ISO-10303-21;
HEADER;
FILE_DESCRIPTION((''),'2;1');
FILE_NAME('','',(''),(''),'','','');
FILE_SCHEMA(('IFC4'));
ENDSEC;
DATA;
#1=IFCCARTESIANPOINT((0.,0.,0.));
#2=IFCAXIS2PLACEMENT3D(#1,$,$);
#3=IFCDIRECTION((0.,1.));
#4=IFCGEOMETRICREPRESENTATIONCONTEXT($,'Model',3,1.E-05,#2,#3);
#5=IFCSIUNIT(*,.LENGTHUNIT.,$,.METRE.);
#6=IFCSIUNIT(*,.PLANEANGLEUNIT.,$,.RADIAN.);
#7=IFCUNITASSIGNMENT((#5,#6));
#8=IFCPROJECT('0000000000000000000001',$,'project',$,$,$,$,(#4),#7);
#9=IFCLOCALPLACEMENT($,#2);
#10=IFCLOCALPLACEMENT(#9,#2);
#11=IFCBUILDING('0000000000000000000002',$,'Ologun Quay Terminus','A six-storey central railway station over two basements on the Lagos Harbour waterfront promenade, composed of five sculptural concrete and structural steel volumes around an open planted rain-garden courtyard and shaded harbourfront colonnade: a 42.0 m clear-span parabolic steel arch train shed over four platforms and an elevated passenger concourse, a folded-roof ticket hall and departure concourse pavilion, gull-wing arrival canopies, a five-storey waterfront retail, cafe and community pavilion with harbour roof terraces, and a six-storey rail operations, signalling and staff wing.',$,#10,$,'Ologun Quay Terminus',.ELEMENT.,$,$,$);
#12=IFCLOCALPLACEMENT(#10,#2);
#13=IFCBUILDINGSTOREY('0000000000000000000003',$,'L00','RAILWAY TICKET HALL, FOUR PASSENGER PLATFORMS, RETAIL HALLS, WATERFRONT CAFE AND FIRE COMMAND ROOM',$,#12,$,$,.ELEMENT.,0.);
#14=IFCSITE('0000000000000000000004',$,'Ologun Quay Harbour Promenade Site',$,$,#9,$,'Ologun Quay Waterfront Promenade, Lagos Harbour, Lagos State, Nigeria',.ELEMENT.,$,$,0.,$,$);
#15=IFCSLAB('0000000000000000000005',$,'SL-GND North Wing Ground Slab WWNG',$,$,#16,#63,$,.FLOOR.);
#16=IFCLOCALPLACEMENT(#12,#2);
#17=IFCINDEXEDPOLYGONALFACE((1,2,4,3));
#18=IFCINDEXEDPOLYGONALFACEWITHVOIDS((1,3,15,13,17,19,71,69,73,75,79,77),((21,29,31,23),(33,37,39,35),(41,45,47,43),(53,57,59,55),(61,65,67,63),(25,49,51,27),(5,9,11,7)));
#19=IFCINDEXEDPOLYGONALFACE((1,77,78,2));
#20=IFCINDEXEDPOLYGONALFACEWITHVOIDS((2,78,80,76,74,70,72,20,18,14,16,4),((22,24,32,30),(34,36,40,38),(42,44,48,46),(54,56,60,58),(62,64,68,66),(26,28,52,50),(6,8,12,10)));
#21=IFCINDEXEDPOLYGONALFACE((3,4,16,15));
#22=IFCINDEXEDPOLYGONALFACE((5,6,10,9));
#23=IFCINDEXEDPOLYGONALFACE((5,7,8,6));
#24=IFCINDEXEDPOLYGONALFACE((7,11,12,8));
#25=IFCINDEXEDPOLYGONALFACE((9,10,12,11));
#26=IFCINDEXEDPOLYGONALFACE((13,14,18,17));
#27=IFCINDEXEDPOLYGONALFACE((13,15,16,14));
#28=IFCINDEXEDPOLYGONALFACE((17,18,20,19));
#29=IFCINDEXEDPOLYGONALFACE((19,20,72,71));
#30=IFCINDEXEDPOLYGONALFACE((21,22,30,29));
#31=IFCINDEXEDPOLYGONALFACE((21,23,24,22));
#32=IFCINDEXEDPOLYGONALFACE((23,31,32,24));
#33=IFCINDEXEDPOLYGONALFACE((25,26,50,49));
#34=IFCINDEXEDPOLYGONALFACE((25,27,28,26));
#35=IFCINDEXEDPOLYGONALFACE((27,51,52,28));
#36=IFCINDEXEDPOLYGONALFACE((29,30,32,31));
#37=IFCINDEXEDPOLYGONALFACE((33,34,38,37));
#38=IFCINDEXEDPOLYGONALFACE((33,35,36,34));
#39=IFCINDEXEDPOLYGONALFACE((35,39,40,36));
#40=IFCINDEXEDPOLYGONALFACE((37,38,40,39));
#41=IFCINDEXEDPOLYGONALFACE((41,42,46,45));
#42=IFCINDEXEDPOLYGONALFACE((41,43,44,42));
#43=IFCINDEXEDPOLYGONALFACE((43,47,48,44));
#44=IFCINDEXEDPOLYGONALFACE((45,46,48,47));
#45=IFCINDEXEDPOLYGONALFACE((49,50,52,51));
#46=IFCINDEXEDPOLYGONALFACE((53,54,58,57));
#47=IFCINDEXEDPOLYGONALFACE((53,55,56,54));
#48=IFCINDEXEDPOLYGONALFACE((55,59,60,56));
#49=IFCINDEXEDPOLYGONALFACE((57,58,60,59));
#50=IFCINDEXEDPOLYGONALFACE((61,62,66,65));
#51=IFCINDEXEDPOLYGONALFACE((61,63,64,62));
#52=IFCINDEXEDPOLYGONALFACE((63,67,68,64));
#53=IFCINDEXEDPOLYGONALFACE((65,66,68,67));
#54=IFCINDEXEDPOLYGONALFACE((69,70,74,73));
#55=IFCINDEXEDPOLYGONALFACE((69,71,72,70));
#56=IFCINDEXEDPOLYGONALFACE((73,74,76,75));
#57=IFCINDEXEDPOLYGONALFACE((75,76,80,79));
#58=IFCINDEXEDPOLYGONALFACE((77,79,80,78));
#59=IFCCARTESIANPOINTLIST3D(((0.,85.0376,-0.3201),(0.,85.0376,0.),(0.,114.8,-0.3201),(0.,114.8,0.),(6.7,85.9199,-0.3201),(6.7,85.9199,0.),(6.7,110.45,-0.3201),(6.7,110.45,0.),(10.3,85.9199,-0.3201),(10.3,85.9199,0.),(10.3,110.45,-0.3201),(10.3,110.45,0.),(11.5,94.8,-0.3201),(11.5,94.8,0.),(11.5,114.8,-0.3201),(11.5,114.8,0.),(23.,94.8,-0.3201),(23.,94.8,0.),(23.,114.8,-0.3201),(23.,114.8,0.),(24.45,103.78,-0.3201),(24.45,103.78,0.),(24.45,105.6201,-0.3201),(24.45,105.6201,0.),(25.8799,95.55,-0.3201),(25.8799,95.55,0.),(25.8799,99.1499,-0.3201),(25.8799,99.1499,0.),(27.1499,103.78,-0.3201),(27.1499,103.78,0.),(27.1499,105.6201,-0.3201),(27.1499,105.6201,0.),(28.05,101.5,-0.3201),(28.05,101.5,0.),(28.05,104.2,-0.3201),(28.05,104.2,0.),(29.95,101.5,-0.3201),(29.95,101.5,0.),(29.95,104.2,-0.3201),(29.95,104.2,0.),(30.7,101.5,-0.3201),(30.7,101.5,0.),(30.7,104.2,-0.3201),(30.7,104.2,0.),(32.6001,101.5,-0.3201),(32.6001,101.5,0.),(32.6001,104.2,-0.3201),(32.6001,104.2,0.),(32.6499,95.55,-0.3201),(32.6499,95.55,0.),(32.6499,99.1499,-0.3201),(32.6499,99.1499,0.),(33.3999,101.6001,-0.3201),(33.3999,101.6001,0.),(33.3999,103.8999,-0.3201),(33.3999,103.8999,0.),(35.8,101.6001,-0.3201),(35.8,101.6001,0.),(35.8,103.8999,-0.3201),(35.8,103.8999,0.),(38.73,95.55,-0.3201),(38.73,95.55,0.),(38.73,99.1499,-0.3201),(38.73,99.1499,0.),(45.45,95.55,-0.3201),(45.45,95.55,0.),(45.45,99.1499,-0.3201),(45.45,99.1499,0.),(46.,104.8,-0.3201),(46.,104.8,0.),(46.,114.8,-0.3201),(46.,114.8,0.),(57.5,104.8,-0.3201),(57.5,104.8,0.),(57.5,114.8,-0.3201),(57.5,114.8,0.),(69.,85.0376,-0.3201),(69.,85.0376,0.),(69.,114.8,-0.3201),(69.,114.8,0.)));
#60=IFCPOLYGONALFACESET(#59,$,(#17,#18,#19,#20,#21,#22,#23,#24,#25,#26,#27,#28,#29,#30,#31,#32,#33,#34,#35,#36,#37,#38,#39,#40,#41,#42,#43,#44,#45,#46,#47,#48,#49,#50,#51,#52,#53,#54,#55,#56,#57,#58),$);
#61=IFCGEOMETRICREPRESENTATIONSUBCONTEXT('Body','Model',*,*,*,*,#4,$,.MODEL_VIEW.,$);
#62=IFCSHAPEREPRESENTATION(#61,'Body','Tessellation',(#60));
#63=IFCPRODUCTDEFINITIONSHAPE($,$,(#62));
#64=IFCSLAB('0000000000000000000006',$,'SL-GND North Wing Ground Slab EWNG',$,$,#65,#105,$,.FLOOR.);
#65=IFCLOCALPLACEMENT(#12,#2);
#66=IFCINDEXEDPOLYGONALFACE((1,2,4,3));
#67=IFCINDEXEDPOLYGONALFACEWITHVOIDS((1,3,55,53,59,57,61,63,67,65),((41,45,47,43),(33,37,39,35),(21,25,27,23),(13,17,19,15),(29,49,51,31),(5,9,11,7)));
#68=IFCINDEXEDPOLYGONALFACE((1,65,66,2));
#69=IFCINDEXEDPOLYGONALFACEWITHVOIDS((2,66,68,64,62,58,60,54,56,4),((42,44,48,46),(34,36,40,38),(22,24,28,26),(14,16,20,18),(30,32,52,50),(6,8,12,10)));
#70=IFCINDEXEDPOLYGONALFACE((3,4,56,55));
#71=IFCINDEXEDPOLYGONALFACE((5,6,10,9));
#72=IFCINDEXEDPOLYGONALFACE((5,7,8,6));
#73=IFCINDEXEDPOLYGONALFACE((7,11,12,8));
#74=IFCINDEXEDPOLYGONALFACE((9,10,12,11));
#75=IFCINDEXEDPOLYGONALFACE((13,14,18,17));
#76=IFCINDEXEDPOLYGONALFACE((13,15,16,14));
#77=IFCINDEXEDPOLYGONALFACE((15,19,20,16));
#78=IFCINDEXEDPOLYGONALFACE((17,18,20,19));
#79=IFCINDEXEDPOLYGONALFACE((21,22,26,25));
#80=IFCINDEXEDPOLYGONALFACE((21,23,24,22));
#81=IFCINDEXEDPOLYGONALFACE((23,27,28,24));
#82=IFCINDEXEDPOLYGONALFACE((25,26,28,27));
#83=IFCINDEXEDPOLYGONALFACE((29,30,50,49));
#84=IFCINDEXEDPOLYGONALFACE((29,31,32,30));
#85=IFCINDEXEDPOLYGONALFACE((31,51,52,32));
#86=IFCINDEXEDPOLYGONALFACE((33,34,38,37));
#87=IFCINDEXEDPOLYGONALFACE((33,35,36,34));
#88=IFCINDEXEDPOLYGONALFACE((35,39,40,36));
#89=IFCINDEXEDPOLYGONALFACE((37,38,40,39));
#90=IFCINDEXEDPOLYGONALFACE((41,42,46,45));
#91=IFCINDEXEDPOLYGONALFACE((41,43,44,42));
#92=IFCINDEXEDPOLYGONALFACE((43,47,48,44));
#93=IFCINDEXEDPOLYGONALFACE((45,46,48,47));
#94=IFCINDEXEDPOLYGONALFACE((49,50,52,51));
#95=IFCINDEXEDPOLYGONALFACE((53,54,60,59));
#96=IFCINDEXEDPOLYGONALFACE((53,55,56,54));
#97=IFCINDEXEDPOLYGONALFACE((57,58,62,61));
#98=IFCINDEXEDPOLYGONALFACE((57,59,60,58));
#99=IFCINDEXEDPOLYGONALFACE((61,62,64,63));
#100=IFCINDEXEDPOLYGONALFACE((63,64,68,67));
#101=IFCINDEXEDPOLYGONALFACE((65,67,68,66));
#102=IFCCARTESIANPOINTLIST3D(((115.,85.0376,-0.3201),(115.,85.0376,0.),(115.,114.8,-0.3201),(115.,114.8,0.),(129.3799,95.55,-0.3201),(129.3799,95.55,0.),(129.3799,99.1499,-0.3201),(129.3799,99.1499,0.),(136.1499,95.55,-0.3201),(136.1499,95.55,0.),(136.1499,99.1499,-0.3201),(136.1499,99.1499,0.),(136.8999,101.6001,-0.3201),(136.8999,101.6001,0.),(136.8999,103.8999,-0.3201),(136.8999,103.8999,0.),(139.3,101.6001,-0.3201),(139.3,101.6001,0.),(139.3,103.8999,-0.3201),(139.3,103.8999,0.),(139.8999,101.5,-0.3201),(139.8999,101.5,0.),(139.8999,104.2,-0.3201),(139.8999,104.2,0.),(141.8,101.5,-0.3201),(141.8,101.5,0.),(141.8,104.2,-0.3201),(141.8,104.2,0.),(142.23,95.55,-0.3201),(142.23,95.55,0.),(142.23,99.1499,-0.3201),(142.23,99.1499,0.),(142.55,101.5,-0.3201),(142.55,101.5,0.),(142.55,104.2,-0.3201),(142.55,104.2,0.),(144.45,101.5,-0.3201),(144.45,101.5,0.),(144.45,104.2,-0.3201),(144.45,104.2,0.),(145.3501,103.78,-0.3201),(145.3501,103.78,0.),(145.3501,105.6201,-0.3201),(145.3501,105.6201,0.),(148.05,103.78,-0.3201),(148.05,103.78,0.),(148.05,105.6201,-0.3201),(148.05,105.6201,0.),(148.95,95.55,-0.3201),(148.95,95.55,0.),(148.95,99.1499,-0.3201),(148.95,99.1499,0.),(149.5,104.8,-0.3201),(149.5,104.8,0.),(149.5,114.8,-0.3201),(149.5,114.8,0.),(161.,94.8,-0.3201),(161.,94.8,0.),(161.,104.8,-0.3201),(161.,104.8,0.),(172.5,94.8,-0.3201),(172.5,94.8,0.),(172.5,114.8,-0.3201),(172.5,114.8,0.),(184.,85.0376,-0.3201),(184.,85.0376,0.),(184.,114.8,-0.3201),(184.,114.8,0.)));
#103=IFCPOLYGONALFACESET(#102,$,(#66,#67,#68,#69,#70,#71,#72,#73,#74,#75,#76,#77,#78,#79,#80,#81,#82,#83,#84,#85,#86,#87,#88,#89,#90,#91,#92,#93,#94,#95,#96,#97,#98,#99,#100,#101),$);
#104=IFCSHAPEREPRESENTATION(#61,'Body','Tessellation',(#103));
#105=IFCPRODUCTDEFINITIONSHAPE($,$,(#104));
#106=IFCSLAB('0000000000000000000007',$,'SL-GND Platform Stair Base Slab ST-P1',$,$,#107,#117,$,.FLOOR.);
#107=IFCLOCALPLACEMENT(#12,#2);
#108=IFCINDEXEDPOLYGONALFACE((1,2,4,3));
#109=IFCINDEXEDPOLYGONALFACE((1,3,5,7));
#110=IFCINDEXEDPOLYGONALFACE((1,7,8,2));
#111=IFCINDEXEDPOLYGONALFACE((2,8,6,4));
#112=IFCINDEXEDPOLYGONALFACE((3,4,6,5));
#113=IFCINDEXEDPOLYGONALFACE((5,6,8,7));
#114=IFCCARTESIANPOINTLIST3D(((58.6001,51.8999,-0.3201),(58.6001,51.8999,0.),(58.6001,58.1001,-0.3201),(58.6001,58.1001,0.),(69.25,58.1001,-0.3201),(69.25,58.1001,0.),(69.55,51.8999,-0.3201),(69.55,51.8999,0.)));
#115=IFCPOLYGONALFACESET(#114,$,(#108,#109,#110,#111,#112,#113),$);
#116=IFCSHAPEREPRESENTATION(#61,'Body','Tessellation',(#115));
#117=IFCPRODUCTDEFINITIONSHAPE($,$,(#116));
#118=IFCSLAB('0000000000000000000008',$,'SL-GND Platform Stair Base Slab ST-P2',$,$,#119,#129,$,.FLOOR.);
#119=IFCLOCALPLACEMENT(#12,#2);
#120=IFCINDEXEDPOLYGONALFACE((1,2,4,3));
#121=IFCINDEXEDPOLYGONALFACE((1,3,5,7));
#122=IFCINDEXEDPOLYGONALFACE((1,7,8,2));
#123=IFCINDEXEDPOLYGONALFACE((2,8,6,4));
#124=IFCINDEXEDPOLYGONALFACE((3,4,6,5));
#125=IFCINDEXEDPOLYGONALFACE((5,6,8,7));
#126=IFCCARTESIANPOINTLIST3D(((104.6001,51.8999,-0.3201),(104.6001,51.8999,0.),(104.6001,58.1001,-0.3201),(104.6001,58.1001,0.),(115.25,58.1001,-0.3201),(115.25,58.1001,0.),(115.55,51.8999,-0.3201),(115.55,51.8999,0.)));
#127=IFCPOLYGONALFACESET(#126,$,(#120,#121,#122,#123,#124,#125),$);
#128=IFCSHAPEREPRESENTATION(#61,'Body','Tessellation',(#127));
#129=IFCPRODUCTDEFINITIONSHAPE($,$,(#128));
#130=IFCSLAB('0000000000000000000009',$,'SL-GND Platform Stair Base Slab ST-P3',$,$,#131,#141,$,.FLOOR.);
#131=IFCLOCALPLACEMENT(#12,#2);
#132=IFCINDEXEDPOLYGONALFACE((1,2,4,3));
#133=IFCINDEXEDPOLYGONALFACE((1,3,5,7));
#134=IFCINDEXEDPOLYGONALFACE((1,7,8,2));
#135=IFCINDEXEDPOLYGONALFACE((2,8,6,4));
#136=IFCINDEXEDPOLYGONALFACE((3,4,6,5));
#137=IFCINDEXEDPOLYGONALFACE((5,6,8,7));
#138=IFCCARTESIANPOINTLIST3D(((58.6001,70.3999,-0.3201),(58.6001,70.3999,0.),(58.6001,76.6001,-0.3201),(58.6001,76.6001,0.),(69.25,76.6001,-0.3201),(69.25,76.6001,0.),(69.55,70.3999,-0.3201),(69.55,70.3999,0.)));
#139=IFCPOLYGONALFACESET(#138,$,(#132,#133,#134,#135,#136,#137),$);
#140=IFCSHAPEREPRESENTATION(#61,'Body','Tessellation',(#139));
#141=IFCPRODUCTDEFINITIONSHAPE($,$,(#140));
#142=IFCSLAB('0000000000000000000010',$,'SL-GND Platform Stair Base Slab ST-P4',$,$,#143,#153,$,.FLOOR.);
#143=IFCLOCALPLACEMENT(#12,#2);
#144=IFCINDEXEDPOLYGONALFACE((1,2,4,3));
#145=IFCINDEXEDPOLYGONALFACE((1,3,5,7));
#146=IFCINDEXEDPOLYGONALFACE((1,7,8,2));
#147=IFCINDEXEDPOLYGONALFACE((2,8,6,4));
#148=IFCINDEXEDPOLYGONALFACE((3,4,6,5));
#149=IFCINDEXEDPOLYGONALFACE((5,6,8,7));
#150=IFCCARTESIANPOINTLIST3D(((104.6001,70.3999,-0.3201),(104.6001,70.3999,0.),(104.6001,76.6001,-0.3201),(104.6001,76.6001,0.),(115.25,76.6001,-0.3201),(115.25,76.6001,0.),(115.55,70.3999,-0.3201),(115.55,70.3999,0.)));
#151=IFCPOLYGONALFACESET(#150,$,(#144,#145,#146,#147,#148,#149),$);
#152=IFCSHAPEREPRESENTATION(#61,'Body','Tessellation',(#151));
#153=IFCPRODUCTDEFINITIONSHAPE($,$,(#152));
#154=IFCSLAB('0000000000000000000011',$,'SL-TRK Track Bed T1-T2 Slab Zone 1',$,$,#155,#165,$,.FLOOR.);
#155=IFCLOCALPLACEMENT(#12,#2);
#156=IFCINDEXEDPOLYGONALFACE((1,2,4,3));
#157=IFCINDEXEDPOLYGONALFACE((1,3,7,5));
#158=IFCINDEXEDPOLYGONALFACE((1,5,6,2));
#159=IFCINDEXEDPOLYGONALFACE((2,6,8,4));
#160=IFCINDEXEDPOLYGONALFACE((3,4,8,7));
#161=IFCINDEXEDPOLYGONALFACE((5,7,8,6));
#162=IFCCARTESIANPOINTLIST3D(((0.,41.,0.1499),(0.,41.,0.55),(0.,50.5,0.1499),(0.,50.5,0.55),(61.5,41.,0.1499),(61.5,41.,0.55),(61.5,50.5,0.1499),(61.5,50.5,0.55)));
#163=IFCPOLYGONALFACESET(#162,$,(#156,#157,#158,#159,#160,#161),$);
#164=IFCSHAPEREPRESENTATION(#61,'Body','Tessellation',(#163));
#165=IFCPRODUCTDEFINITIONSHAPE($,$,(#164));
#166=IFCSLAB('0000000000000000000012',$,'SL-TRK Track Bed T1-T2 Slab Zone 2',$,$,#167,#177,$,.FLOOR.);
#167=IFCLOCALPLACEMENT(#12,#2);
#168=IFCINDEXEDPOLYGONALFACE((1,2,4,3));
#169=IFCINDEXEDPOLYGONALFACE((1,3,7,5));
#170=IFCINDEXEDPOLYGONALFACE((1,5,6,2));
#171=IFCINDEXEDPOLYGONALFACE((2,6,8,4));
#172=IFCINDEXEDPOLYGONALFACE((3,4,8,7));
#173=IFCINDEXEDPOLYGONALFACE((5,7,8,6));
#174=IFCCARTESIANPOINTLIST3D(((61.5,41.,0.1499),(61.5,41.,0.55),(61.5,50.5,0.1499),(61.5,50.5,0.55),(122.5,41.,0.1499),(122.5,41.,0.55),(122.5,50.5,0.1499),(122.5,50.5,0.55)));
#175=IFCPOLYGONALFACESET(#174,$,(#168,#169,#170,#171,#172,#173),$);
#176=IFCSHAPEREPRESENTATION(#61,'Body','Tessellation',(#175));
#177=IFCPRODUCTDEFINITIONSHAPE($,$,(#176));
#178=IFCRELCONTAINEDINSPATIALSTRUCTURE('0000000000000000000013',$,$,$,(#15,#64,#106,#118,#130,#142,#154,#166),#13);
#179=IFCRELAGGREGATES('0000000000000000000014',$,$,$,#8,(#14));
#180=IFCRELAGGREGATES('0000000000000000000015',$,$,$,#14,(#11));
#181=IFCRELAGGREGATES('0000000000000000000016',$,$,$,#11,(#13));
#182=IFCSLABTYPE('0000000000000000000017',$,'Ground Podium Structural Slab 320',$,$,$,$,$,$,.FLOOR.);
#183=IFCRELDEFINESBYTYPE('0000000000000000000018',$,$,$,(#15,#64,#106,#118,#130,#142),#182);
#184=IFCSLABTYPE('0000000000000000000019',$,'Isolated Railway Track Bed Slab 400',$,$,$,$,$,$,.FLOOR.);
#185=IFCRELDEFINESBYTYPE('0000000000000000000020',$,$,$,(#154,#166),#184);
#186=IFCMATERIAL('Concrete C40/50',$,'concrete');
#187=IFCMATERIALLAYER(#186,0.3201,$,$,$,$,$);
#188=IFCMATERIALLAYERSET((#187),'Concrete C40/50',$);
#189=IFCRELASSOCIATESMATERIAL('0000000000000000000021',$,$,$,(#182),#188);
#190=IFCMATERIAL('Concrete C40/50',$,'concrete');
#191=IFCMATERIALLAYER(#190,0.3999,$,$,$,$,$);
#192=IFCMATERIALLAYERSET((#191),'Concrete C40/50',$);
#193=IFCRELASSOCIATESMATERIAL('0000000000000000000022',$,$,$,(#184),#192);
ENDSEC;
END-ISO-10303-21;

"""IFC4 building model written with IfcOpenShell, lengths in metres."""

from ifc_helpers import new_model, si_unit, direction, frame, origin, place, context, subcontext, project, spatial, polyline, outline, extrude, material, layer, layer_set, type_object, element, save


model = new_model("IFC4")

# Units and contexts
model_context = context("Model", 3, precision=1e-05, world=origin(), true_north=direction((0.0, 1.0)))
body_context = subcontext(model_context, "Body", "Model", "MODEL_VIEW")
ifc_project = project(units=[si_unit("LENGTHUNIT", "METRE"), si_unit("PLANEANGLEUNIT", "RADIAN")], contexts=[model_context])

# Site, building, storey
site_placement = place(None, origin())
site = spatial("IfcSite", under=ifc_project, at=site_placement, Name="Ologun Quay Harbour Promenade Site", LongName="Ologun Quay Waterfront Promenade, Lagos Harbour, Lagos State, Nigeria", CompositionType="ELEMENT", RefElevation=0.0)
building_placement = place(site_placement, origin())
building = spatial("IfcBuilding", under=site, at=building_placement, Name="Ologun Quay Terminus", Description="A six-storey central railway station over two basements on the Lagos Harbour waterfront promenade, composed of five sculptural concrete and structural steel volumes around an open planted rain-garden courtyard and shaded harbourfront colonnade: a 42.0 m clear-span parabolic steel arch train shed over four platforms and an elevated passenger concourse, a folded-roof ticket hall and departure concourse pavilion, gull-wing arrival canopies, a five-storey waterfront retail, cafe and community pavilion with harbour roof terraces, and a six-storey rail operations, signalling and staff wing.", LongName="Ologun Quay Terminus", CompositionType="ELEMENT")
storey_placement = place(building_placement, origin())
storey = spatial("IfcBuildingStorey", under=building, at=storey_placement, Name="L00", Description="RAILWAY TICKET HALL, FOUR PASSENGER PLATFORMS, RETAIL HALLS, WATERFRONT CAFE AND FIRE COMMAND ROOM", CompositionType="ELEMENT", Elevation=0.0)

# Slabs
ifc_material_1 = material(Name="Concrete C40/50", Category="concrete")
ifc_layer_1 = layer(ifc_material_1, 0.3201)
ifc_layer_set_1 = layer_set([ifc_layer_1], Name="Concrete C40/50")
slab_type_1 = type_object("IfcSlabType", Name="Ground Podium Structural Slab 320", PredefinedType="FLOOR", material=ifc_layer_set_1)
slab_1_placement = place(storey_placement, frame((0.0, 0.0, -0.3201)))
element("IfcSlab", 1, at=slab_1_placement, inside=storey, type_object=slab_type_1, Name="SL-GND North Wing Ground Slab WWNG", PredefinedType="FLOOR", context=body_context, shape_type="SweptSolid", body=[
    extrude(outline(polyline([(0.0, 85.0376), (69.0, 85.0376), (69.0, 114.8), (57.5, 114.8), (57.5, 104.8), (46.0, 104.8), (46.0, 114.8), (23.0, 114.8), (23.0, 94.8), (11.5, 94.8), (11.5, 114.8), (0.0, 114.8), (0.0, 85.0376)]), holes=[polyline([(24.45, 103.78), (24.45, 105.6201), (27.1499, 105.6201), (27.1499, 103.78), (24.45, 103.78)]), polyline([(28.05, 101.5), (28.05, 104.2), (29.95, 104.2), (29.95, 101.5), (28.05, 101.5)]), polyline([(30.7, 101.5), (30.7, 104.2), (32.6001, 104.2), (32.6001, 101.5), (30.7, 101.5)]), polyline([(25.8799, 95.55), (25.8799, 99.1499), (32.6499, 99.1499), (32.6499, 95.55), (25.8799, 95.55)]), polyline([(38.73, 95.55), (38.73, 99.1499), (45.45, 99.1499), (45.45, 95.55), (38.73, 95.55)]), polyline([(6.7, 85.9199), (6.7, 110.45), (10.3, 110.45), (10.3, 85.9199), (6.7, 85.9199)]), polyline([(33.3999, 101.6001), (33.3999, 103.8999), (35.8, 103.8999), (35.8, 101.6001), (33.3999, 101.6001)])]), origin(), (0.0, 0.0, 1.0), 0.3201),
])
slab_2_placement = place(storey_placement, frame((0.0, 0.0, -0.3201)))
element("IfcSlab", 2, at=slab_2_placement, inside=storey, type_object=slab_type_1, Name="SL-GND North Wing Ground Slab EWNG", PredefinedType="FLOOR", context=body_context, shape_type="SweptSolid", body=[
    extrude(outline(polyline([(115.0, 85.0376), (184.0, 85.0376), (184.0, 114.8), (172.5, 114.8), (172.5, 94.8), (161.0, 94.8), (161.0, 104.8), (149.5, 104.8), (149.5, 114.8), (115.0, 114.8), (115.0, 85.0376)]), holes=[polyline([(145.3501, 103.78), (145.3501, 105.6201), (148.05, 105.6201), (148.05, 103.78), (145.3501, 103.78)]), polyline([(139.8999, 101.5), (139.8999, 104.2), (141.8, 104.2), (141.8, 101.5), (139.8999, 101.5)]), polyline([(142.55, 101.5), (142.55, 104.2), (144.45, 104.2), (144.45, 101.5), (142.55, 101.5)]), polyline([(129.3799, 95.55), (129.3799, 99.1499), (136.1499, 99.1499), (136.1499, 95.55), (129.3799, 95.55)]), polyline([(142.23, 95.55), (142.23, 99.1499), (148.95, 99.1499), (148.95, 95.55), (142.23, 95.55)]), polyline([(136.8999, 101.6001), (136.8999, 103.8999), (139.3, 103.8999), (139.3, 101.6001), (136.8999, 101.6001)])]), origin(), (0.0, 0.0, 1.0), 0.3201),
])
slab_3_placement = place(storey_placement, frame((0.0, 0.0, -0.3201)))
element("IfcSlab", 3, at=slab_3_placement, inside=storey, type_object=slab_type_1, Name="SL-GND Platform Stair Base Slab ST-P1", PredefinedType="FLOOR", context=body_context, shape_type="SweptSolid", body=[
    extrude(outline(polyline([(58.6001, 51.8999), (69.55, 51.8999), (69.25, 58.1001), (58.6001, 58.1001), (58.6001, 51.8999)])), origin(), (0.0, 0.0, 1.0), 0.3201),
])
slab_4_placement = place(storey_placement, frame((0.0, 0.0, -0.3201)))
element("IfcSlab", 4, at=slab_4_placement, inside=storey, type_object=slab_type_1, Name="SL-GND Platform Stair Base Slab ST-P2", PredefinedType="FLOOR", context=body_context, shape_type="SweptSolid", body=[
    extrude(outline(polyline([(104.6001, 51.8999), (115.55, 51.8999), (115.25, 58.1001), (104.6001, 58.1001), (104.6001, 51.8999)])), origin(), (0.0, 0.0, 1.0), 0.3201),
])
slab_5_placement = place(storey_placement, frame((0.0, 0.0, -0.3201)))
element("IfcSlab", 5, at=slab_5_placement, inside=storey, type_object=slab_type_1, Name="SL-GND Platform Stair Base Slab ST-P3", PredefinedType="FLOOR", context=body_context, shape_type="SweptSolid", body=[
    extrude(outline(polyline([(58.6001, 70.3999), (69.55, 70.3999), (69.25, 76.6001), (58.6001, 76.6001), (58.6001, 70.3999)])), origin(), (0.0, 0.0, 1.0), 0.3201),
])
slab_6_placement = place(storey_placement, frame((0.0, 0.0, -0.3201)))
element("IfcSlab", 6, at=slab_6_placement, inside=storey, type_object=slab_type_1, Name="SL-GND Platform Stair Base Slab ST-P4", PredefinedType="FLOOR", context=body_context, shape_type="SweptSolid", body=[
    extrude(outline(polyline([(104.6001, 70.3999), (115.55, 70.3999), (115.25, 76.6001), (104.6001, 76.6001), (104.6001, 70.3999)])), origin(), (0.0, 0.0, 1.0), 0.3201),
])
ifc_material_2 = material(Name="Concrete C40/50", Category="concrete")
ifc_layer_2 = layer(ifc_material_2, 0.3999)
ifc_layer_set_2 = layer_set([ifc_layer_2], Name="Concrete C40/50")
slab_type_2 = type_object("IfcSlabType", Name="Isolated Railway Track Bed Slab 400", PredefinedType="FLOOR", material=ifc_layer_set_2)
slab_7_placement = place(storey_placement, frame((0.0, 0.0, 0.1499)))
element("IfcSlab", 7, at=slab_7_placement, inside=storey, type_object=slab_type_2, Name="SL-TRK Track Bed T1-T2 Slab Zone 1", PredefinedType="FLOOR", context=body_context, shape_type="SweptSolid", body=[
    extrude(outline(polyline([(0.0, 41.0), (61.5, 41.0), (61.5, 50.5), (0.0, 50.5), (0.0, 41.0)])), origin(), (0.0, 0.0, 1.0), 0.4001),
])
slab_8_placement = place(storey_placement, frame((0.0, 0.0, 0.1499)))
element("IfcSlab", 8, at=slab_8_placement, inside=storey, type_object=slab_type_2, Name="SL-TRK Track Bed T1-T2 Slab Zone 2", PredefinedType="FLOOR", context=body_context, shape_type="SweptSolid", body=[
    extrude(outline(polyline([(61.5, 41.0), (122.5, 41.0), (122.5, 50.5), (61.5, 50.5), (61.5, 41.0)])), origin(), (0.0, 0.0, 1.0), 0.4001),
])

save(model, "model.ifc")
